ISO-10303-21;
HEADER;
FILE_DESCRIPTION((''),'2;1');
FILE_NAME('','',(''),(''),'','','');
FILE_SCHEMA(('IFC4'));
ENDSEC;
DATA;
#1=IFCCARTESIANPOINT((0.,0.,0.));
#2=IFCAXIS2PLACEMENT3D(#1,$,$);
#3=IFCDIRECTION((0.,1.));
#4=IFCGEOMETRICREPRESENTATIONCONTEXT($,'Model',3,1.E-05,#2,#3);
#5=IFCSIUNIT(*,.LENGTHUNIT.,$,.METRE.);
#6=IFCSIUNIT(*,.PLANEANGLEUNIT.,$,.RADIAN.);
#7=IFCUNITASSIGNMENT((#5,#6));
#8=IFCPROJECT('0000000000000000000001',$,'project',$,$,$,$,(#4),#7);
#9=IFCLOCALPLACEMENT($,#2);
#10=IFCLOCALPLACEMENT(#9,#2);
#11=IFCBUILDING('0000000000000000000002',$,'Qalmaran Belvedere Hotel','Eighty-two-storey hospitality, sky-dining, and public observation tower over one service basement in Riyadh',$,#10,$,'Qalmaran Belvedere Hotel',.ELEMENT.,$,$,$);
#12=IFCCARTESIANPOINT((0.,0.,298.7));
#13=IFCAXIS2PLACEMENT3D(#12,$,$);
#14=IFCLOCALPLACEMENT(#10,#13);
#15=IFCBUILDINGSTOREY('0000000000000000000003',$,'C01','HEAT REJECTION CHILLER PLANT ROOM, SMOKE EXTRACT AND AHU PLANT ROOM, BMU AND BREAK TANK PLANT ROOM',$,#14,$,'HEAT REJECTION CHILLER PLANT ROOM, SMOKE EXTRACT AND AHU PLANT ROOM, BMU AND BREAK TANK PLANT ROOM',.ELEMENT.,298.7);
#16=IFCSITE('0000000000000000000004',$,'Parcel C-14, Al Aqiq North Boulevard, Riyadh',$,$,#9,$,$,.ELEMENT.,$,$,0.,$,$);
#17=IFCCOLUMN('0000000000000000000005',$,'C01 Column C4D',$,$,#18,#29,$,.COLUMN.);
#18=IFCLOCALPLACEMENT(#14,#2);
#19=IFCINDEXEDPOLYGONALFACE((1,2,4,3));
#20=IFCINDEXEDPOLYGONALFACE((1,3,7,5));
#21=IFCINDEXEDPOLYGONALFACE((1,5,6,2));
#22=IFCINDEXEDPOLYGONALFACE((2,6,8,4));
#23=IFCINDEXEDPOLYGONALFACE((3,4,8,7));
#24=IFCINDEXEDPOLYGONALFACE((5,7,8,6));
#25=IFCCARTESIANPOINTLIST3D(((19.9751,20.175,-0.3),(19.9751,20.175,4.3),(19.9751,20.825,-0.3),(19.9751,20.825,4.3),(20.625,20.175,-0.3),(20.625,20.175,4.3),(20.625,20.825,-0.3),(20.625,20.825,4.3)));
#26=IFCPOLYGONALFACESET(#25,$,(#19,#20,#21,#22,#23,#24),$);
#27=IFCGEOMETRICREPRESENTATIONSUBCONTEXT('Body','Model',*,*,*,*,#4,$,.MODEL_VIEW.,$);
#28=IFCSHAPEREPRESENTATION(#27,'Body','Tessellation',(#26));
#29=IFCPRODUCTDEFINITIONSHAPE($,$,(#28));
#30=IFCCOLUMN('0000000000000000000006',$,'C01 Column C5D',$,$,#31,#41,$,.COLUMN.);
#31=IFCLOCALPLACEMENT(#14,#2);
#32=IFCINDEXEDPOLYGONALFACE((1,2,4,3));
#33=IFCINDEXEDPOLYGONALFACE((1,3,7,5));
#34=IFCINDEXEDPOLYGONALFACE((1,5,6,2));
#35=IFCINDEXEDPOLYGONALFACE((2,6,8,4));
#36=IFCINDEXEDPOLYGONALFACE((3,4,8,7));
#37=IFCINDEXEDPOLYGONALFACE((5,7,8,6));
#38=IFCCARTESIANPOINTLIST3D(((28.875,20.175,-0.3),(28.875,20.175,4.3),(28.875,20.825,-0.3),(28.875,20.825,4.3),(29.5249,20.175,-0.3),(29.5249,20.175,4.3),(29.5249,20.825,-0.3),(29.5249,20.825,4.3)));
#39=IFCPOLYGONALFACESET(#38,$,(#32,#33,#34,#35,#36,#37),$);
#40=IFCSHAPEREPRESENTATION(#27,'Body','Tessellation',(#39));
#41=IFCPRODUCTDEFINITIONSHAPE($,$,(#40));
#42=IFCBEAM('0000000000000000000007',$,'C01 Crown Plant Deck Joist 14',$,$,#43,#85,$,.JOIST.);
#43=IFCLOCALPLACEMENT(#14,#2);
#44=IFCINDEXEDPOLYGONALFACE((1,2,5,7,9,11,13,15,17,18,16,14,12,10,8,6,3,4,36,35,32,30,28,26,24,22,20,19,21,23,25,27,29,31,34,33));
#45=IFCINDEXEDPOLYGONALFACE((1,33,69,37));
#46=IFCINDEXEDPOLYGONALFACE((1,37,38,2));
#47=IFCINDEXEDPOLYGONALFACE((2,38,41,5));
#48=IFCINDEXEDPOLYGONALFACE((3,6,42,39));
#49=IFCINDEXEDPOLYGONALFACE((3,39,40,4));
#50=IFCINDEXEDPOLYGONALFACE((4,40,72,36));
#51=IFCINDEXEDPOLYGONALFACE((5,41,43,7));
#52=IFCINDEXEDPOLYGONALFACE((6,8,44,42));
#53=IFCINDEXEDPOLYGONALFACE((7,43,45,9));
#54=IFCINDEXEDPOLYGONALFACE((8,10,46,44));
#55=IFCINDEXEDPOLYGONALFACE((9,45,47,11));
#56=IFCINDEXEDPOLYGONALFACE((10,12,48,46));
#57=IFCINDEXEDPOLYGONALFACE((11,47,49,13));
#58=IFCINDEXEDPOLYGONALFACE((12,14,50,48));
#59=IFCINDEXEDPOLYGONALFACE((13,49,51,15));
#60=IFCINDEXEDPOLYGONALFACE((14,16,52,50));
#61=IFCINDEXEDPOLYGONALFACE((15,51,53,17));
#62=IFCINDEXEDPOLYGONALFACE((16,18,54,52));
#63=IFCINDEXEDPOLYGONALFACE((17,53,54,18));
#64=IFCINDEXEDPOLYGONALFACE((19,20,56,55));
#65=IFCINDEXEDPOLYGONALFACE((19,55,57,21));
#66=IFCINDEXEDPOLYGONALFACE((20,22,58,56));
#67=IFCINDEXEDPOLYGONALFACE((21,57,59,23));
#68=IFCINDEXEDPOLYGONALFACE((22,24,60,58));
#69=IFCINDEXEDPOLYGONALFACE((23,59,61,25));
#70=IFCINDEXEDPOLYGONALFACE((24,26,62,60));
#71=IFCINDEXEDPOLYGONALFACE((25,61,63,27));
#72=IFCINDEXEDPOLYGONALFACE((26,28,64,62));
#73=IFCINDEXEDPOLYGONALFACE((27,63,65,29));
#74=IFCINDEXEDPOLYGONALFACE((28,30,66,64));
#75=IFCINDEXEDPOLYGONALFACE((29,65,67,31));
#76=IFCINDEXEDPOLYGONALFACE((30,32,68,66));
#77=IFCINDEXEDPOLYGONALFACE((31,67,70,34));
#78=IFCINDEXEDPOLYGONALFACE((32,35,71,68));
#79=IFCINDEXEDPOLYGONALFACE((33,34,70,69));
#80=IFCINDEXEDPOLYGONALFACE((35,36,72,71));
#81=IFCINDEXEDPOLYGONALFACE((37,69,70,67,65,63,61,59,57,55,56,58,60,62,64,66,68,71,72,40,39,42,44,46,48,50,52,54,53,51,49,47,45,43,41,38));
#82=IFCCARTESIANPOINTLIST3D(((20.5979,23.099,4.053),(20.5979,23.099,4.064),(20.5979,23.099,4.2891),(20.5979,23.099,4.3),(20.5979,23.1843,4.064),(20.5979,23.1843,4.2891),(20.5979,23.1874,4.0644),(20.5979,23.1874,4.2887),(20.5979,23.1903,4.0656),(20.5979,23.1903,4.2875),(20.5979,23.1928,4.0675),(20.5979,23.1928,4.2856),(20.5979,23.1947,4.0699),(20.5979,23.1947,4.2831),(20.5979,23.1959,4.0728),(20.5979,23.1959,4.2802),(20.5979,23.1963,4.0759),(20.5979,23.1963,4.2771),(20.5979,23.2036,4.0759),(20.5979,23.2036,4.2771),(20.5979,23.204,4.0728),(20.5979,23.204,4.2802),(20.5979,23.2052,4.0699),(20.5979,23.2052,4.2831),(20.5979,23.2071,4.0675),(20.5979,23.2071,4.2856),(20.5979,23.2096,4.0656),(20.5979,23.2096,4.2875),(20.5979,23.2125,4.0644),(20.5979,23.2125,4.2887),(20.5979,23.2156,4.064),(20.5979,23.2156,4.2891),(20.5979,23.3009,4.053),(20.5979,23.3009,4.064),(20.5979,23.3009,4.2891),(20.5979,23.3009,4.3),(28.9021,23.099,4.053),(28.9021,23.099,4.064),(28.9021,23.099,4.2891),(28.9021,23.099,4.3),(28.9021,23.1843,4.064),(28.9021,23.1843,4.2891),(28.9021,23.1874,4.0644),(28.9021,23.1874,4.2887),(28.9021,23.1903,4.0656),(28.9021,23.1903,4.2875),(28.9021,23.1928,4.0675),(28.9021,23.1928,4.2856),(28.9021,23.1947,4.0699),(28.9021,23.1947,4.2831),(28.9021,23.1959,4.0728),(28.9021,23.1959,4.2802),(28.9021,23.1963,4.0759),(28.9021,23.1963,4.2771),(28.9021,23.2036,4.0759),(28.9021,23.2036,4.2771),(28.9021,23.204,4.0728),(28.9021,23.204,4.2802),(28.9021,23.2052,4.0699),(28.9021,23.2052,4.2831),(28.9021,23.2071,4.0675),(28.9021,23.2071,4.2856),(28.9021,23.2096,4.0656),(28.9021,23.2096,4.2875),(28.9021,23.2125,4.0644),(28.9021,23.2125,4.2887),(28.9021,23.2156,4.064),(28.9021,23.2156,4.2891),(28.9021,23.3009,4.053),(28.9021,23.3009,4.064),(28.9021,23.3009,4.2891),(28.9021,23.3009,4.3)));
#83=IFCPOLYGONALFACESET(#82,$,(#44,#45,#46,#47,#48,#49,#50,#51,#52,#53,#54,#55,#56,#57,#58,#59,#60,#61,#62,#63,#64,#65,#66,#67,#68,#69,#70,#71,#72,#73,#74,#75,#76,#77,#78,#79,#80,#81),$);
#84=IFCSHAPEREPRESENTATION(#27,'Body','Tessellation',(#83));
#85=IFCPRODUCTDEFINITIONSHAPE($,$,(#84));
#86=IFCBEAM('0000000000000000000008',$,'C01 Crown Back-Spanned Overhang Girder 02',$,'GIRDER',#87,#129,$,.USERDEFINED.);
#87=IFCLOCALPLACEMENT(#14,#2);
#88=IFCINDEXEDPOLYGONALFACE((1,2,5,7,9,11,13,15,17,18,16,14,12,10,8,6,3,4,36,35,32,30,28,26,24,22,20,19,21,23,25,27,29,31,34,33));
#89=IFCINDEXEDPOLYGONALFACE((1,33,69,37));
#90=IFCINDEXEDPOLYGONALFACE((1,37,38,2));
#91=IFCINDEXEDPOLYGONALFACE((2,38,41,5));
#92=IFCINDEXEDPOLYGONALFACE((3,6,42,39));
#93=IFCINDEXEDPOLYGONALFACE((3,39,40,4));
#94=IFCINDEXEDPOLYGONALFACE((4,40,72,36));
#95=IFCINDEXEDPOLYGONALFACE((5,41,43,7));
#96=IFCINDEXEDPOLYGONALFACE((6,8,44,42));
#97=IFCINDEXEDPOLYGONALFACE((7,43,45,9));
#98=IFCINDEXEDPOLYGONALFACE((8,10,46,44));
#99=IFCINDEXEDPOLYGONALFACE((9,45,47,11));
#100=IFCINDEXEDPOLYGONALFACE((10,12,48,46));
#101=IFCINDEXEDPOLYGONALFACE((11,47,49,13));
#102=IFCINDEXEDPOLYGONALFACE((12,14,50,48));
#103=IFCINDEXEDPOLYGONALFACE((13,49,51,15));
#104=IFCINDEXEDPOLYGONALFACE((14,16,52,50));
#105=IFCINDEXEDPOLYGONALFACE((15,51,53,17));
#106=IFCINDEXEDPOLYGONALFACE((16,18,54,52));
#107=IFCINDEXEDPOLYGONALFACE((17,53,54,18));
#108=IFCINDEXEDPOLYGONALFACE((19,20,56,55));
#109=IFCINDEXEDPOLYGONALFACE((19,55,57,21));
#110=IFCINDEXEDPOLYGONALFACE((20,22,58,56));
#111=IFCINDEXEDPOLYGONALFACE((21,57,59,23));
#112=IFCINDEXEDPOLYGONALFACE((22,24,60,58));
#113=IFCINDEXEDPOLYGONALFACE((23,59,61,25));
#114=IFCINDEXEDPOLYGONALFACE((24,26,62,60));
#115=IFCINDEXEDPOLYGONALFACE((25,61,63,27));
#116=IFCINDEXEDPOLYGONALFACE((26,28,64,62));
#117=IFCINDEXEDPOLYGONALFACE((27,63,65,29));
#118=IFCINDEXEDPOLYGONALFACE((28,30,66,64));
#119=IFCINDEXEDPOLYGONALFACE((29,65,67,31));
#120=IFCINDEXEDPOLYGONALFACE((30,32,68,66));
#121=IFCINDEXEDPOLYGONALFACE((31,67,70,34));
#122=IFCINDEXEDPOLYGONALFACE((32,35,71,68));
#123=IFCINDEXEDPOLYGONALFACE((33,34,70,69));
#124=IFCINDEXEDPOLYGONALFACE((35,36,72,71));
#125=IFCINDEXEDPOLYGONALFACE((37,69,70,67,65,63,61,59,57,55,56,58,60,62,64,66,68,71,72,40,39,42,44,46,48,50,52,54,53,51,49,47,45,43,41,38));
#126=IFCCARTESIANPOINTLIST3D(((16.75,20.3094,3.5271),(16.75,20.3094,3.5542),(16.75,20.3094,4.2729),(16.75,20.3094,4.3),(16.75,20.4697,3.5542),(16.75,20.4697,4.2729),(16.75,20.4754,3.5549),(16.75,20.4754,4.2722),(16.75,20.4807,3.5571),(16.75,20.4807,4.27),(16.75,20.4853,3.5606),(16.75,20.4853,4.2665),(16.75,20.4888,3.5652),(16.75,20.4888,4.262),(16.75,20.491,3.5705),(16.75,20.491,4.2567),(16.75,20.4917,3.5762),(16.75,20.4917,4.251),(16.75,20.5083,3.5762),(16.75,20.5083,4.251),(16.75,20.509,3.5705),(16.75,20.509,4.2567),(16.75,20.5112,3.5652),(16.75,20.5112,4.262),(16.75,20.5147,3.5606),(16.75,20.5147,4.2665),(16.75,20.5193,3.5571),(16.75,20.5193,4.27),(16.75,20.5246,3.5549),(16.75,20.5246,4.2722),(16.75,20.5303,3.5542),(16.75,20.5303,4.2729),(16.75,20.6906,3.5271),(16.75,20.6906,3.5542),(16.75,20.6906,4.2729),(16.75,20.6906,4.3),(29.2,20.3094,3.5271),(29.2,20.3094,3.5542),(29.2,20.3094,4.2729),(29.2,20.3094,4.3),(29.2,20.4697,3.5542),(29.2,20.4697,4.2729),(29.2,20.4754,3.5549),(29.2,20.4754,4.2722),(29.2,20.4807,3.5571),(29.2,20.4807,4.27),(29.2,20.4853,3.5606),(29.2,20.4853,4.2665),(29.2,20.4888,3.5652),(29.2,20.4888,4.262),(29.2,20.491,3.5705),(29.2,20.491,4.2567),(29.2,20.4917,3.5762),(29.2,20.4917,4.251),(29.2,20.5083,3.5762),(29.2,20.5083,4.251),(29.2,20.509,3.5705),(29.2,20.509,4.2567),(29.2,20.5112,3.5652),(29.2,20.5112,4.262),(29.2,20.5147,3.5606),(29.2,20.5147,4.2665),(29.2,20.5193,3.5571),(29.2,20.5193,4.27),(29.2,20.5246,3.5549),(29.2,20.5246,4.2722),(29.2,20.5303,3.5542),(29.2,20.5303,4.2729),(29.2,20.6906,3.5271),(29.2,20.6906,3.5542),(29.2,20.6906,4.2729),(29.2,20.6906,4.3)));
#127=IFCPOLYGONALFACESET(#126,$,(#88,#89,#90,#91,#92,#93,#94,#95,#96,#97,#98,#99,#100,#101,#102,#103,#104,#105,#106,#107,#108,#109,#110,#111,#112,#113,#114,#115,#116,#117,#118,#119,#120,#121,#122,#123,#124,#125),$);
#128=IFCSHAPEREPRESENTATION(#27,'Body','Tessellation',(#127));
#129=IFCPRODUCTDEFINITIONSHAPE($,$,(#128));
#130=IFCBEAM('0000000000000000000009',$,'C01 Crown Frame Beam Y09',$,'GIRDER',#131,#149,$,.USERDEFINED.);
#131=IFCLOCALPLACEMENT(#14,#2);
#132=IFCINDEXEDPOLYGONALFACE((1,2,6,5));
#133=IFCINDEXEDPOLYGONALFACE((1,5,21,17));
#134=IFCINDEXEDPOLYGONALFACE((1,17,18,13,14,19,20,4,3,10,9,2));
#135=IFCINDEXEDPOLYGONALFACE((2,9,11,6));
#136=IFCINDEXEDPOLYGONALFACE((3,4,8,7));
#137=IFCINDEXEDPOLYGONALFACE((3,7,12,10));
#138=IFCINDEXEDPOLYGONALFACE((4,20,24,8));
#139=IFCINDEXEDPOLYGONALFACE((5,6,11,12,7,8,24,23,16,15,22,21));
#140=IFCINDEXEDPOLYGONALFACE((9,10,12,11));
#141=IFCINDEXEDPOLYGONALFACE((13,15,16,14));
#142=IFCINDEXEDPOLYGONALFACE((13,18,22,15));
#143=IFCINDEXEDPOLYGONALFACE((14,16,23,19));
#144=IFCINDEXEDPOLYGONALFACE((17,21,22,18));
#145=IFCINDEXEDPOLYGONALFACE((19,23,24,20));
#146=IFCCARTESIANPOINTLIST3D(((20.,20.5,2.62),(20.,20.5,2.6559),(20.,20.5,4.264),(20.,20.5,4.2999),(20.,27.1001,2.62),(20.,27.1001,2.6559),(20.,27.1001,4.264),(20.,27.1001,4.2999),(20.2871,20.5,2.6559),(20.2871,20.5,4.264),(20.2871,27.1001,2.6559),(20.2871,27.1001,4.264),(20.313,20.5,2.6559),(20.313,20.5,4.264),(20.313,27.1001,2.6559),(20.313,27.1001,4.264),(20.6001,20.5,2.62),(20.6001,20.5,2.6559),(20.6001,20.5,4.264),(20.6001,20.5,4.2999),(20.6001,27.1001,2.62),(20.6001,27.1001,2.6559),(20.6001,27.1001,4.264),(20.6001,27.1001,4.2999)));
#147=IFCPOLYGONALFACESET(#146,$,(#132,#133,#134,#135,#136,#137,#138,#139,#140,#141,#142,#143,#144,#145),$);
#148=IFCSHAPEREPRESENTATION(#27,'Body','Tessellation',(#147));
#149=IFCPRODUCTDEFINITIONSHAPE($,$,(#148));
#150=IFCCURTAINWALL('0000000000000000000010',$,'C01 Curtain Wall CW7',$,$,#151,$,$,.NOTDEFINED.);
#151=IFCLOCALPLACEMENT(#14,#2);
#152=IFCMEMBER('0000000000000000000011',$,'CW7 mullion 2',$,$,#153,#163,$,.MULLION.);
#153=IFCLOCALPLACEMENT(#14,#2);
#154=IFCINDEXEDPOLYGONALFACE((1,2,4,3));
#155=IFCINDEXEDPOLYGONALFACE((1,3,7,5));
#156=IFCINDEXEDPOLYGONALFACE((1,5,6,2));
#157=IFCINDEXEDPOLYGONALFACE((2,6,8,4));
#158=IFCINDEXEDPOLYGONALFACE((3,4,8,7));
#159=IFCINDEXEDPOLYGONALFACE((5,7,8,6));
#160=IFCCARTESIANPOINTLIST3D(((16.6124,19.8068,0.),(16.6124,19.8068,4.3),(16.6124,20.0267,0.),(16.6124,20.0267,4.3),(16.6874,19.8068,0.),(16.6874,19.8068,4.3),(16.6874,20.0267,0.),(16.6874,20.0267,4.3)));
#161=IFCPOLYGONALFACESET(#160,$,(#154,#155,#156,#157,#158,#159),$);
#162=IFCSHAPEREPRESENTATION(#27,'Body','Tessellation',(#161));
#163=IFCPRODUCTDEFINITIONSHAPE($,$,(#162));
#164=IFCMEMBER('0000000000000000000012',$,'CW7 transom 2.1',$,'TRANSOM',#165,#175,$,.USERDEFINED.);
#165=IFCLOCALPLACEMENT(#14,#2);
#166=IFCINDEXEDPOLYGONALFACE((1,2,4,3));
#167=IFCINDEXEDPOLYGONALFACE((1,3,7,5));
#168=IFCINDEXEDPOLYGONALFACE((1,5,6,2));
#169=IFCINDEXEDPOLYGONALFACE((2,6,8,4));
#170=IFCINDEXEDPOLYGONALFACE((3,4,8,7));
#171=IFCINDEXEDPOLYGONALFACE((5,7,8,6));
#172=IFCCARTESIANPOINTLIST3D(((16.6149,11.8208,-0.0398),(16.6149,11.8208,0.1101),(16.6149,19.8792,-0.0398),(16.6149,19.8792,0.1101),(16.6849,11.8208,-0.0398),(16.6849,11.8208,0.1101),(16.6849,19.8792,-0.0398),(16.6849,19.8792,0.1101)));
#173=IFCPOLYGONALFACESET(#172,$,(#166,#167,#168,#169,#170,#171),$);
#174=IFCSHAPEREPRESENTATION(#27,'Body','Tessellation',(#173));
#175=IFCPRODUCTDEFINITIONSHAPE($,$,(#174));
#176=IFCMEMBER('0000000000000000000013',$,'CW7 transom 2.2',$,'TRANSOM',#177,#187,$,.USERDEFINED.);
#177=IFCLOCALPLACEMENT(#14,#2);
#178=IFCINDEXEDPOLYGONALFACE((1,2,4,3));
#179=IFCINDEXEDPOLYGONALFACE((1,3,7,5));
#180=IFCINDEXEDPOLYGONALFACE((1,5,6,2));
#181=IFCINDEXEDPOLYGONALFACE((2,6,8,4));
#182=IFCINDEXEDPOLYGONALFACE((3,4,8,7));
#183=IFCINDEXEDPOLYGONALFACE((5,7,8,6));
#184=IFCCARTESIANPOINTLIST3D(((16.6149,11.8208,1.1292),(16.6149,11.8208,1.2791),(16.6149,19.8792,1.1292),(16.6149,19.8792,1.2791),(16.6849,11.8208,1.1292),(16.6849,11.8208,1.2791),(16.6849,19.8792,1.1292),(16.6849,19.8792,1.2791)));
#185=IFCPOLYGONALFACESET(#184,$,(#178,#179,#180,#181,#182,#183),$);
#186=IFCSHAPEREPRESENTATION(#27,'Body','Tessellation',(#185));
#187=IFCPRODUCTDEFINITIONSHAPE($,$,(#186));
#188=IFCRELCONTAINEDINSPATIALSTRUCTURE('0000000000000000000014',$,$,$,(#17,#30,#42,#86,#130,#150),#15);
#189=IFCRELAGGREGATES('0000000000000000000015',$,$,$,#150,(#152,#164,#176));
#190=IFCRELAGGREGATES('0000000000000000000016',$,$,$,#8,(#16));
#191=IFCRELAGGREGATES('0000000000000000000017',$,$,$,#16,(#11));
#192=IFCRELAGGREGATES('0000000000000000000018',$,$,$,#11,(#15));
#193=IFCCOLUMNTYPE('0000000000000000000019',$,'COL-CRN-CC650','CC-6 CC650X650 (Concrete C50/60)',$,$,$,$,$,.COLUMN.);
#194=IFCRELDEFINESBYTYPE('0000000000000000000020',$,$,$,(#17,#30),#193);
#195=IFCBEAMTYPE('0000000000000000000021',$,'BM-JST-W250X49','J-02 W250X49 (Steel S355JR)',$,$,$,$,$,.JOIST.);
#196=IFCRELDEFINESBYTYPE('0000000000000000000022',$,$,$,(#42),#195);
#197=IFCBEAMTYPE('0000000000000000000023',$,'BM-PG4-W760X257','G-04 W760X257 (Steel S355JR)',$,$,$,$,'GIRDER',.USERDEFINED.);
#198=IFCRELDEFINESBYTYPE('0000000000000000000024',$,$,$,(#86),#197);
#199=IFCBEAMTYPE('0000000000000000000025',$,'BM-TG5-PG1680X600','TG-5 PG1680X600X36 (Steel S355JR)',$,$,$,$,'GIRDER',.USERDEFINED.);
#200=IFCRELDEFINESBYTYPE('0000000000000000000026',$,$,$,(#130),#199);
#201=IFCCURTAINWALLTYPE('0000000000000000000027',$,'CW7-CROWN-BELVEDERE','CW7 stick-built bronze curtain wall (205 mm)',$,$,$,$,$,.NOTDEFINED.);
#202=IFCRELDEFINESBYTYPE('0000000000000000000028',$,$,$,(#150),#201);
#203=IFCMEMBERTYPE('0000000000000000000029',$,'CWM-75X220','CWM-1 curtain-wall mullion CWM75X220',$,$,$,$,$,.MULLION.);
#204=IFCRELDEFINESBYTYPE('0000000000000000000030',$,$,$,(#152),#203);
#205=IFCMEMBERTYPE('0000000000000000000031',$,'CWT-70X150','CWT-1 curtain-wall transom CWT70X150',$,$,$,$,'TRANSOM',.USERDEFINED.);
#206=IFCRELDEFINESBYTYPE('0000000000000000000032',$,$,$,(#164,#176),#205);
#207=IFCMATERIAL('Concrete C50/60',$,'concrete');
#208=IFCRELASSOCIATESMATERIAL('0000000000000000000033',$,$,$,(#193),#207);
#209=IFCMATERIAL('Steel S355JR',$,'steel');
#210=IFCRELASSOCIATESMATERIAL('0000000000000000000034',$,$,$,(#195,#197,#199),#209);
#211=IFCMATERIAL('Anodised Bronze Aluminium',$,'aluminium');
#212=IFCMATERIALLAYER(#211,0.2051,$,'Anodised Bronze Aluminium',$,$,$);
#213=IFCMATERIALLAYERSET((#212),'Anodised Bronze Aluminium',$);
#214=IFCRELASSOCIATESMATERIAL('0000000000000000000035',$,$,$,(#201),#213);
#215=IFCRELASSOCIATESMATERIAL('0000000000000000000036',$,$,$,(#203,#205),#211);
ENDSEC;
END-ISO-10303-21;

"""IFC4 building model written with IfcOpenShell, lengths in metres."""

from ifc_helpers import new_model, si_unit, direction, frame, origin, origin_2d, place, context, subcontext, project, spatial, rectangle, i_section, extrude, material, layer, layer_set, material_profile, profile_set, type_object, element, aggregate, save


model = new_model("IFC4")

# Units and contexts
model_context = context("Model", 3, precision=1e-05, world=origin(), true_north=direction((0.0, 1.0)))
body_context = subcontext(model_context, "Body", "Model", "MODEL_VIEW")
ifc_project = project(units=[si_unit("LENGTHUNIT", "METRE"), si_unit("PLANEANGLEUNIT", "RADIAN")], contexts=[model_context])

# Site, building, storey
site_placement = place(None, origin())
site = spatial("IfcSite", under=ifc_project, at=site_placement, Name="Parcel C-14, Al Aqiq North Boulevard, Riyadh", CompositionType="ELEMENT", RefElevation=0.0)
building_placement = place(site_placement, origin())
building = spatial("IfcBuilding", under=site, at=building_placement, Name="Qalmaran Belvedere Hotel", Description="Eighty-two-storey hospitality, sky-dining, and public observation tower over one service basement in Riyadh", LongName="Qalmaran Belvedere Hotel", CompositionType="ELEMENT")
storey_placement = place(building_placement, frame((0.0, 0.0, 298.7)))
storey = spatial("IfcBuildingStorey", under=building, at=storey_placement, Name="C01", Description="HEAT REJECTION CHILLER PLANT ROOM, SMOKE EXTRACT AND AHU PLANT ROOM, BMU AND BREAK TANK PLANT ROOM", LongName="HEAT REJECTION CHILLER PLANT ROOM, SMOKE EXTRACT AND AHU PLANT ROOM, BMU AND BREAK TANK PLANT ROOM", CompositionType="ELEMENT", Elevation=298.7)

# Columns
ifc_material_1 = material(Name="Concrete C50/60", Category="concrete")
ifc_material_profile_1 = material_profile(ifc_material_1, rectangle(XDim=0.6499, YDim=0.6499, at=origin_2d()), Name="CC650X650")
ifc_profile_set_1 = profile_set([ifc_material_profile_1], Name="Concrete C50/60")
column_type = type_object("IfcColumnType", Name="COL-CRN-CC650", Description="CC-6 CC650X650 (Concrete C50/60)", PredefinedType="COLUMN", material=ifc_profile_set_1)
for number, where, z_axis, x_axis, name in (
    (1, (20.3, 20.5, -0.3), (0.0, 0.0, 1.0), (1.0, 0.0, 0.0), "C01 Column C4D"),
    (2, (29.2, 20.5, -0.3), (0.0, 0.0, 1.0), (1.0, 0.0, 0.0), "C01 Column C5D"),
):
    element("IfcColumn", number, at=place(storey_placement, frame(where, z_axis=z_axis, x_axis=x_axis)), inside=storey, type_object=column_type, Name=name, PredefinedType="COLUMN", context=body_context, shape_type="SweptSolid", body=[
        extrude(rectangle(XDim=0.6499, YDim=0.6499, at=origin_2d()), origin(), (0.0, 0.0, 1.0), 4.6001),
    ])

# Beams
ifc_material_2 = material(Name="Steel S355JR", Category="steel")
ifc_material_profile_2 = material_profile(ifc_material_2, i_section(OverallWidth=0.2019, OverallDepth=0.2471, WebThickness=0.0073, FlangeThickness=0.011, FilletRadius=0.012, at=origin_2d()), Name="W250X49")
ifc_profile_set_2 = profile_set([ifc_material_profile_2], Name="Steel S355JR")
beam_type_1 = type_object("IfcBeamType", Name="BM-JST-W250X49", Description="J-02 W250X49 (Steel S355JR)", PredefinedType="JOIST", material=ifc_profile_set_2)
beam_1_placement = place(storey_placement, frame((20.5979, 23.2, 4.1765), z_axis=(1.0, 0.0, 0.0), x_axis=(0.0, 1.0, 0.0)))
element("IfcBeam", 3, at=beam_1_placement, inside=storey, type_object=beam_type_1, Name="C01 Crown Plant Deck Joist 14", PredefinedType="JOIST", context=body_context, shape_type="SweptSolid", body=[
    extrude(i_section(OverallWidth=0.2019, OverallDepth=0.2471, WebThickness=0.0073, FlangeThickness=0.011, FilletRadius=0.012, at=origin_2d()), origin(), (0.0, 0.0, 1.0), 8.3042),
])
ifc_material_profile_3 = material_profile(ifc_material_2, i_section(OverallWidth=0.3811, OverallDepth=0.7729, WebThickness=0.0166, FlangeThickness=0.0271, FilletRadius=0.022, at=origin_2d()), Name="W760X257")
ifc_profile_set_3 = profile_set([ifc_material_profile_3], Name="Steel S355JR")
beam_type_2 = type_object("IfcBeamType", Name="BM-PG4-W760X257", Description="G-04 W760X257 (Steel S355JR)", ElementType="GIRDER", PredefinedType="USERDEFINED", material=ifc_profile_set_3)
beam_2_placement = place(storey_placement, frame((16.75, 20.5, 3.9136), z_axis=(1.0, 0.0, 0.0), x_axis=(0.0, 1.0, 0.0)))
element("IfcBeam", 4, at=beam_2_placement, inside=storey, type_object=beam_type_2, Name="C01 Crown Back-Spanned Overhang Girder 02", ObjectType="GIRDER", PredefinedType="USERDEFINED", context=body_context, shape_type="SweptSolid", body=[
    extrude(i_section(OverallWidth=0.3811, OverallDepth=0.7729, WebThickness=0.0166, FlangeThickness=0.0271, FilletRadius=0.022, at=origin_2d()), origin(), (0.0, 0.0, 1.0), 12.45),
])
ifc_material_profile_4 = material_profile(ifc_material_2, i_section(OverallWidth=0.6001, OverallDepth=1.6799, WebThickness=0.0259, FlangeThickness=0.0359, at=origin_2d()), Name="PG1680X600X36")
ifc_profile_set_4 = profile_set([ifc_material_profile_4], Name="Steel S355JR")
beam_type_3 = type_object("IfcBeamType", Name="BM-TG5-PG1680X600", Description="TG-5 PG1680X600X36 (Steel S355JR)", ElementType="GIRDER", PredefinedType="USERDEFINED", material=ifc_profile_set_4)
beam_3_placement = place(storey_placement, frame((20.3, 20.5, 3.46), z_axis=(0.0, 1.0, 0.0), x_axis=(-1.0, 0.0, 0.0)))
element("IfcBeam", 5, at=beam_3_placement, inside=storey, type_object=beam_type_3, Name="C01 Crown Frame Beam Y09", ObjectType="GIRDER", PredefinedType="USERDEFINED", context=body_context, shape_type="SweptSolid", body=[
    extrude(i_section(OverallWidth=0.6001, OverallDepth=1.6799, WebThickness=0.0259, FlangeThickness=0.0359, at=origin_2d()), origin(), (0.0, 0.0, 1.0), 6.6001),
])

# Curtain wall, members
ifc_material_3 = material(Name="Anodised Bronze Aluminium", Category="aluminium")
ifc_layer_1 = layer(ifc_material_3, 0.2051, Name="Anodised Bronze Aluminium")
ifc_layer_set_1 = layer_set([ifc_layer_1], Name="Anodised Bronze Aluminium")
curtain_wall_type = type_object("IfcCurtainWallType", Name="CW7-CROWN-BELVEDERE", Description="CW7 stick-built bronze curtain wall (205 mm)", PredefinedType="NOTDEFINED", material=ifc_layer_set_1)
curtain_wall_placement = place(storey_placement, origin())
curtain_wall = element("IfcCurtainWall", 6, at=curtain_wall_placement, inside=storey, type_object=curtain_wall_type, Name="C01 Curtain Wall CW7", PredefinedType="NOTDEFINED")
ifc_material_profile_5 = material_profile(ifc_material_3, rectangle(XDim=0.075, YDim=0.22, at=origin_2d()), Name="CWM75X220")
ifc_profile_set_5 = profile_set([ifc_material_profile_5], Name="Anodised Bronze Aluminium")
member_type_1 = type_object("IfcMemberType", Name="CWM-75X220", Description="CWM-1 curtain-wall mullion CWM75X220", PredefinedType="MULLION", material=ifc_profile_set_5)
member_1_placement = place(storey_placement, frame((16.6499, 19.9167, 0.0), z_axis=(0.0, 0.0, 1.0), x_axis=(1.0, 0.0, 0.0)))
member_1 = element("IfcMember", 7, at=member_1_placement, type_object=member_type_1, Name="CW7 mullion 2", PredefinedType="MULLION", context=body_context, shape_type="SweptSolid", body=[
    extrude(rectangle(XDim=0.075, YDim=0.22, at=origin_2d()), origin(), (0.0, 0.0, 1.0), 4.3),
])
ifc_material_profile_6 = material_profile(ifc_material_3, rectangle(XDim=0.0701, YDim=0.1499, at=origin_2d()), Name="CWT70X150")
ifc_profile_set_6 = profile_set([ifc_material_profile_6], Name="Anodised Bronze Aluminium")
member_type_2 = type_object("IfcMemberType", Name="CWT-70X150", Description="CWT-1 curtain-wall transom CWT70X150", ElementType="TRANSOM", PredefinedType="USERDEFINED", material=ifc_profile_set_6)
member_2_placement = place(storey_placement, frame((16.6499, 19.8792, 0.0352), z_axis=(0.0, -1.0, 0.0), x_axis=(1.0, 0.0, 0.0)))
member_2 = element("IfcMember", 8, at=member_2_placement, type_object=member_type_2, Name="CW7 transom 2.1", ObjectType="TRANSOM", PredefinedType="USERDEFINED", context=body_context, shape_type="SweptSolid", body=[
    extrude(rectangle(XDim=0.0701, YDim=0.1499, at=origin_2d()), origin(), (0.0, 0.0, 1.0), 8.0583),
])
member_3_placement = place(storey_placement, frame((16.6499, 19.8792, 1.2041), z_axis=(0.0, -1.0, 0.0), x_axis=(1.0, 0.0, 0.0)))
member_3 = element("IfcMember", 9, at=member_3_placement, type_object=member_type_2, Name="CW7 transom 2.2", ObjectType="TRANSOM", PredefinedType="USERDEFINED", context=body_context, shape_type="SweptSolid", body=[
    extrude(rectangle(XDim=0.0701, YDim=0.1499, at=origin_2d()), origin(), (0.0, 0.0, 1.0), 8.0583),
])
aggregate(curtain_wall, [member_1, member_2, member_3])

save(model, "model.ifc")
